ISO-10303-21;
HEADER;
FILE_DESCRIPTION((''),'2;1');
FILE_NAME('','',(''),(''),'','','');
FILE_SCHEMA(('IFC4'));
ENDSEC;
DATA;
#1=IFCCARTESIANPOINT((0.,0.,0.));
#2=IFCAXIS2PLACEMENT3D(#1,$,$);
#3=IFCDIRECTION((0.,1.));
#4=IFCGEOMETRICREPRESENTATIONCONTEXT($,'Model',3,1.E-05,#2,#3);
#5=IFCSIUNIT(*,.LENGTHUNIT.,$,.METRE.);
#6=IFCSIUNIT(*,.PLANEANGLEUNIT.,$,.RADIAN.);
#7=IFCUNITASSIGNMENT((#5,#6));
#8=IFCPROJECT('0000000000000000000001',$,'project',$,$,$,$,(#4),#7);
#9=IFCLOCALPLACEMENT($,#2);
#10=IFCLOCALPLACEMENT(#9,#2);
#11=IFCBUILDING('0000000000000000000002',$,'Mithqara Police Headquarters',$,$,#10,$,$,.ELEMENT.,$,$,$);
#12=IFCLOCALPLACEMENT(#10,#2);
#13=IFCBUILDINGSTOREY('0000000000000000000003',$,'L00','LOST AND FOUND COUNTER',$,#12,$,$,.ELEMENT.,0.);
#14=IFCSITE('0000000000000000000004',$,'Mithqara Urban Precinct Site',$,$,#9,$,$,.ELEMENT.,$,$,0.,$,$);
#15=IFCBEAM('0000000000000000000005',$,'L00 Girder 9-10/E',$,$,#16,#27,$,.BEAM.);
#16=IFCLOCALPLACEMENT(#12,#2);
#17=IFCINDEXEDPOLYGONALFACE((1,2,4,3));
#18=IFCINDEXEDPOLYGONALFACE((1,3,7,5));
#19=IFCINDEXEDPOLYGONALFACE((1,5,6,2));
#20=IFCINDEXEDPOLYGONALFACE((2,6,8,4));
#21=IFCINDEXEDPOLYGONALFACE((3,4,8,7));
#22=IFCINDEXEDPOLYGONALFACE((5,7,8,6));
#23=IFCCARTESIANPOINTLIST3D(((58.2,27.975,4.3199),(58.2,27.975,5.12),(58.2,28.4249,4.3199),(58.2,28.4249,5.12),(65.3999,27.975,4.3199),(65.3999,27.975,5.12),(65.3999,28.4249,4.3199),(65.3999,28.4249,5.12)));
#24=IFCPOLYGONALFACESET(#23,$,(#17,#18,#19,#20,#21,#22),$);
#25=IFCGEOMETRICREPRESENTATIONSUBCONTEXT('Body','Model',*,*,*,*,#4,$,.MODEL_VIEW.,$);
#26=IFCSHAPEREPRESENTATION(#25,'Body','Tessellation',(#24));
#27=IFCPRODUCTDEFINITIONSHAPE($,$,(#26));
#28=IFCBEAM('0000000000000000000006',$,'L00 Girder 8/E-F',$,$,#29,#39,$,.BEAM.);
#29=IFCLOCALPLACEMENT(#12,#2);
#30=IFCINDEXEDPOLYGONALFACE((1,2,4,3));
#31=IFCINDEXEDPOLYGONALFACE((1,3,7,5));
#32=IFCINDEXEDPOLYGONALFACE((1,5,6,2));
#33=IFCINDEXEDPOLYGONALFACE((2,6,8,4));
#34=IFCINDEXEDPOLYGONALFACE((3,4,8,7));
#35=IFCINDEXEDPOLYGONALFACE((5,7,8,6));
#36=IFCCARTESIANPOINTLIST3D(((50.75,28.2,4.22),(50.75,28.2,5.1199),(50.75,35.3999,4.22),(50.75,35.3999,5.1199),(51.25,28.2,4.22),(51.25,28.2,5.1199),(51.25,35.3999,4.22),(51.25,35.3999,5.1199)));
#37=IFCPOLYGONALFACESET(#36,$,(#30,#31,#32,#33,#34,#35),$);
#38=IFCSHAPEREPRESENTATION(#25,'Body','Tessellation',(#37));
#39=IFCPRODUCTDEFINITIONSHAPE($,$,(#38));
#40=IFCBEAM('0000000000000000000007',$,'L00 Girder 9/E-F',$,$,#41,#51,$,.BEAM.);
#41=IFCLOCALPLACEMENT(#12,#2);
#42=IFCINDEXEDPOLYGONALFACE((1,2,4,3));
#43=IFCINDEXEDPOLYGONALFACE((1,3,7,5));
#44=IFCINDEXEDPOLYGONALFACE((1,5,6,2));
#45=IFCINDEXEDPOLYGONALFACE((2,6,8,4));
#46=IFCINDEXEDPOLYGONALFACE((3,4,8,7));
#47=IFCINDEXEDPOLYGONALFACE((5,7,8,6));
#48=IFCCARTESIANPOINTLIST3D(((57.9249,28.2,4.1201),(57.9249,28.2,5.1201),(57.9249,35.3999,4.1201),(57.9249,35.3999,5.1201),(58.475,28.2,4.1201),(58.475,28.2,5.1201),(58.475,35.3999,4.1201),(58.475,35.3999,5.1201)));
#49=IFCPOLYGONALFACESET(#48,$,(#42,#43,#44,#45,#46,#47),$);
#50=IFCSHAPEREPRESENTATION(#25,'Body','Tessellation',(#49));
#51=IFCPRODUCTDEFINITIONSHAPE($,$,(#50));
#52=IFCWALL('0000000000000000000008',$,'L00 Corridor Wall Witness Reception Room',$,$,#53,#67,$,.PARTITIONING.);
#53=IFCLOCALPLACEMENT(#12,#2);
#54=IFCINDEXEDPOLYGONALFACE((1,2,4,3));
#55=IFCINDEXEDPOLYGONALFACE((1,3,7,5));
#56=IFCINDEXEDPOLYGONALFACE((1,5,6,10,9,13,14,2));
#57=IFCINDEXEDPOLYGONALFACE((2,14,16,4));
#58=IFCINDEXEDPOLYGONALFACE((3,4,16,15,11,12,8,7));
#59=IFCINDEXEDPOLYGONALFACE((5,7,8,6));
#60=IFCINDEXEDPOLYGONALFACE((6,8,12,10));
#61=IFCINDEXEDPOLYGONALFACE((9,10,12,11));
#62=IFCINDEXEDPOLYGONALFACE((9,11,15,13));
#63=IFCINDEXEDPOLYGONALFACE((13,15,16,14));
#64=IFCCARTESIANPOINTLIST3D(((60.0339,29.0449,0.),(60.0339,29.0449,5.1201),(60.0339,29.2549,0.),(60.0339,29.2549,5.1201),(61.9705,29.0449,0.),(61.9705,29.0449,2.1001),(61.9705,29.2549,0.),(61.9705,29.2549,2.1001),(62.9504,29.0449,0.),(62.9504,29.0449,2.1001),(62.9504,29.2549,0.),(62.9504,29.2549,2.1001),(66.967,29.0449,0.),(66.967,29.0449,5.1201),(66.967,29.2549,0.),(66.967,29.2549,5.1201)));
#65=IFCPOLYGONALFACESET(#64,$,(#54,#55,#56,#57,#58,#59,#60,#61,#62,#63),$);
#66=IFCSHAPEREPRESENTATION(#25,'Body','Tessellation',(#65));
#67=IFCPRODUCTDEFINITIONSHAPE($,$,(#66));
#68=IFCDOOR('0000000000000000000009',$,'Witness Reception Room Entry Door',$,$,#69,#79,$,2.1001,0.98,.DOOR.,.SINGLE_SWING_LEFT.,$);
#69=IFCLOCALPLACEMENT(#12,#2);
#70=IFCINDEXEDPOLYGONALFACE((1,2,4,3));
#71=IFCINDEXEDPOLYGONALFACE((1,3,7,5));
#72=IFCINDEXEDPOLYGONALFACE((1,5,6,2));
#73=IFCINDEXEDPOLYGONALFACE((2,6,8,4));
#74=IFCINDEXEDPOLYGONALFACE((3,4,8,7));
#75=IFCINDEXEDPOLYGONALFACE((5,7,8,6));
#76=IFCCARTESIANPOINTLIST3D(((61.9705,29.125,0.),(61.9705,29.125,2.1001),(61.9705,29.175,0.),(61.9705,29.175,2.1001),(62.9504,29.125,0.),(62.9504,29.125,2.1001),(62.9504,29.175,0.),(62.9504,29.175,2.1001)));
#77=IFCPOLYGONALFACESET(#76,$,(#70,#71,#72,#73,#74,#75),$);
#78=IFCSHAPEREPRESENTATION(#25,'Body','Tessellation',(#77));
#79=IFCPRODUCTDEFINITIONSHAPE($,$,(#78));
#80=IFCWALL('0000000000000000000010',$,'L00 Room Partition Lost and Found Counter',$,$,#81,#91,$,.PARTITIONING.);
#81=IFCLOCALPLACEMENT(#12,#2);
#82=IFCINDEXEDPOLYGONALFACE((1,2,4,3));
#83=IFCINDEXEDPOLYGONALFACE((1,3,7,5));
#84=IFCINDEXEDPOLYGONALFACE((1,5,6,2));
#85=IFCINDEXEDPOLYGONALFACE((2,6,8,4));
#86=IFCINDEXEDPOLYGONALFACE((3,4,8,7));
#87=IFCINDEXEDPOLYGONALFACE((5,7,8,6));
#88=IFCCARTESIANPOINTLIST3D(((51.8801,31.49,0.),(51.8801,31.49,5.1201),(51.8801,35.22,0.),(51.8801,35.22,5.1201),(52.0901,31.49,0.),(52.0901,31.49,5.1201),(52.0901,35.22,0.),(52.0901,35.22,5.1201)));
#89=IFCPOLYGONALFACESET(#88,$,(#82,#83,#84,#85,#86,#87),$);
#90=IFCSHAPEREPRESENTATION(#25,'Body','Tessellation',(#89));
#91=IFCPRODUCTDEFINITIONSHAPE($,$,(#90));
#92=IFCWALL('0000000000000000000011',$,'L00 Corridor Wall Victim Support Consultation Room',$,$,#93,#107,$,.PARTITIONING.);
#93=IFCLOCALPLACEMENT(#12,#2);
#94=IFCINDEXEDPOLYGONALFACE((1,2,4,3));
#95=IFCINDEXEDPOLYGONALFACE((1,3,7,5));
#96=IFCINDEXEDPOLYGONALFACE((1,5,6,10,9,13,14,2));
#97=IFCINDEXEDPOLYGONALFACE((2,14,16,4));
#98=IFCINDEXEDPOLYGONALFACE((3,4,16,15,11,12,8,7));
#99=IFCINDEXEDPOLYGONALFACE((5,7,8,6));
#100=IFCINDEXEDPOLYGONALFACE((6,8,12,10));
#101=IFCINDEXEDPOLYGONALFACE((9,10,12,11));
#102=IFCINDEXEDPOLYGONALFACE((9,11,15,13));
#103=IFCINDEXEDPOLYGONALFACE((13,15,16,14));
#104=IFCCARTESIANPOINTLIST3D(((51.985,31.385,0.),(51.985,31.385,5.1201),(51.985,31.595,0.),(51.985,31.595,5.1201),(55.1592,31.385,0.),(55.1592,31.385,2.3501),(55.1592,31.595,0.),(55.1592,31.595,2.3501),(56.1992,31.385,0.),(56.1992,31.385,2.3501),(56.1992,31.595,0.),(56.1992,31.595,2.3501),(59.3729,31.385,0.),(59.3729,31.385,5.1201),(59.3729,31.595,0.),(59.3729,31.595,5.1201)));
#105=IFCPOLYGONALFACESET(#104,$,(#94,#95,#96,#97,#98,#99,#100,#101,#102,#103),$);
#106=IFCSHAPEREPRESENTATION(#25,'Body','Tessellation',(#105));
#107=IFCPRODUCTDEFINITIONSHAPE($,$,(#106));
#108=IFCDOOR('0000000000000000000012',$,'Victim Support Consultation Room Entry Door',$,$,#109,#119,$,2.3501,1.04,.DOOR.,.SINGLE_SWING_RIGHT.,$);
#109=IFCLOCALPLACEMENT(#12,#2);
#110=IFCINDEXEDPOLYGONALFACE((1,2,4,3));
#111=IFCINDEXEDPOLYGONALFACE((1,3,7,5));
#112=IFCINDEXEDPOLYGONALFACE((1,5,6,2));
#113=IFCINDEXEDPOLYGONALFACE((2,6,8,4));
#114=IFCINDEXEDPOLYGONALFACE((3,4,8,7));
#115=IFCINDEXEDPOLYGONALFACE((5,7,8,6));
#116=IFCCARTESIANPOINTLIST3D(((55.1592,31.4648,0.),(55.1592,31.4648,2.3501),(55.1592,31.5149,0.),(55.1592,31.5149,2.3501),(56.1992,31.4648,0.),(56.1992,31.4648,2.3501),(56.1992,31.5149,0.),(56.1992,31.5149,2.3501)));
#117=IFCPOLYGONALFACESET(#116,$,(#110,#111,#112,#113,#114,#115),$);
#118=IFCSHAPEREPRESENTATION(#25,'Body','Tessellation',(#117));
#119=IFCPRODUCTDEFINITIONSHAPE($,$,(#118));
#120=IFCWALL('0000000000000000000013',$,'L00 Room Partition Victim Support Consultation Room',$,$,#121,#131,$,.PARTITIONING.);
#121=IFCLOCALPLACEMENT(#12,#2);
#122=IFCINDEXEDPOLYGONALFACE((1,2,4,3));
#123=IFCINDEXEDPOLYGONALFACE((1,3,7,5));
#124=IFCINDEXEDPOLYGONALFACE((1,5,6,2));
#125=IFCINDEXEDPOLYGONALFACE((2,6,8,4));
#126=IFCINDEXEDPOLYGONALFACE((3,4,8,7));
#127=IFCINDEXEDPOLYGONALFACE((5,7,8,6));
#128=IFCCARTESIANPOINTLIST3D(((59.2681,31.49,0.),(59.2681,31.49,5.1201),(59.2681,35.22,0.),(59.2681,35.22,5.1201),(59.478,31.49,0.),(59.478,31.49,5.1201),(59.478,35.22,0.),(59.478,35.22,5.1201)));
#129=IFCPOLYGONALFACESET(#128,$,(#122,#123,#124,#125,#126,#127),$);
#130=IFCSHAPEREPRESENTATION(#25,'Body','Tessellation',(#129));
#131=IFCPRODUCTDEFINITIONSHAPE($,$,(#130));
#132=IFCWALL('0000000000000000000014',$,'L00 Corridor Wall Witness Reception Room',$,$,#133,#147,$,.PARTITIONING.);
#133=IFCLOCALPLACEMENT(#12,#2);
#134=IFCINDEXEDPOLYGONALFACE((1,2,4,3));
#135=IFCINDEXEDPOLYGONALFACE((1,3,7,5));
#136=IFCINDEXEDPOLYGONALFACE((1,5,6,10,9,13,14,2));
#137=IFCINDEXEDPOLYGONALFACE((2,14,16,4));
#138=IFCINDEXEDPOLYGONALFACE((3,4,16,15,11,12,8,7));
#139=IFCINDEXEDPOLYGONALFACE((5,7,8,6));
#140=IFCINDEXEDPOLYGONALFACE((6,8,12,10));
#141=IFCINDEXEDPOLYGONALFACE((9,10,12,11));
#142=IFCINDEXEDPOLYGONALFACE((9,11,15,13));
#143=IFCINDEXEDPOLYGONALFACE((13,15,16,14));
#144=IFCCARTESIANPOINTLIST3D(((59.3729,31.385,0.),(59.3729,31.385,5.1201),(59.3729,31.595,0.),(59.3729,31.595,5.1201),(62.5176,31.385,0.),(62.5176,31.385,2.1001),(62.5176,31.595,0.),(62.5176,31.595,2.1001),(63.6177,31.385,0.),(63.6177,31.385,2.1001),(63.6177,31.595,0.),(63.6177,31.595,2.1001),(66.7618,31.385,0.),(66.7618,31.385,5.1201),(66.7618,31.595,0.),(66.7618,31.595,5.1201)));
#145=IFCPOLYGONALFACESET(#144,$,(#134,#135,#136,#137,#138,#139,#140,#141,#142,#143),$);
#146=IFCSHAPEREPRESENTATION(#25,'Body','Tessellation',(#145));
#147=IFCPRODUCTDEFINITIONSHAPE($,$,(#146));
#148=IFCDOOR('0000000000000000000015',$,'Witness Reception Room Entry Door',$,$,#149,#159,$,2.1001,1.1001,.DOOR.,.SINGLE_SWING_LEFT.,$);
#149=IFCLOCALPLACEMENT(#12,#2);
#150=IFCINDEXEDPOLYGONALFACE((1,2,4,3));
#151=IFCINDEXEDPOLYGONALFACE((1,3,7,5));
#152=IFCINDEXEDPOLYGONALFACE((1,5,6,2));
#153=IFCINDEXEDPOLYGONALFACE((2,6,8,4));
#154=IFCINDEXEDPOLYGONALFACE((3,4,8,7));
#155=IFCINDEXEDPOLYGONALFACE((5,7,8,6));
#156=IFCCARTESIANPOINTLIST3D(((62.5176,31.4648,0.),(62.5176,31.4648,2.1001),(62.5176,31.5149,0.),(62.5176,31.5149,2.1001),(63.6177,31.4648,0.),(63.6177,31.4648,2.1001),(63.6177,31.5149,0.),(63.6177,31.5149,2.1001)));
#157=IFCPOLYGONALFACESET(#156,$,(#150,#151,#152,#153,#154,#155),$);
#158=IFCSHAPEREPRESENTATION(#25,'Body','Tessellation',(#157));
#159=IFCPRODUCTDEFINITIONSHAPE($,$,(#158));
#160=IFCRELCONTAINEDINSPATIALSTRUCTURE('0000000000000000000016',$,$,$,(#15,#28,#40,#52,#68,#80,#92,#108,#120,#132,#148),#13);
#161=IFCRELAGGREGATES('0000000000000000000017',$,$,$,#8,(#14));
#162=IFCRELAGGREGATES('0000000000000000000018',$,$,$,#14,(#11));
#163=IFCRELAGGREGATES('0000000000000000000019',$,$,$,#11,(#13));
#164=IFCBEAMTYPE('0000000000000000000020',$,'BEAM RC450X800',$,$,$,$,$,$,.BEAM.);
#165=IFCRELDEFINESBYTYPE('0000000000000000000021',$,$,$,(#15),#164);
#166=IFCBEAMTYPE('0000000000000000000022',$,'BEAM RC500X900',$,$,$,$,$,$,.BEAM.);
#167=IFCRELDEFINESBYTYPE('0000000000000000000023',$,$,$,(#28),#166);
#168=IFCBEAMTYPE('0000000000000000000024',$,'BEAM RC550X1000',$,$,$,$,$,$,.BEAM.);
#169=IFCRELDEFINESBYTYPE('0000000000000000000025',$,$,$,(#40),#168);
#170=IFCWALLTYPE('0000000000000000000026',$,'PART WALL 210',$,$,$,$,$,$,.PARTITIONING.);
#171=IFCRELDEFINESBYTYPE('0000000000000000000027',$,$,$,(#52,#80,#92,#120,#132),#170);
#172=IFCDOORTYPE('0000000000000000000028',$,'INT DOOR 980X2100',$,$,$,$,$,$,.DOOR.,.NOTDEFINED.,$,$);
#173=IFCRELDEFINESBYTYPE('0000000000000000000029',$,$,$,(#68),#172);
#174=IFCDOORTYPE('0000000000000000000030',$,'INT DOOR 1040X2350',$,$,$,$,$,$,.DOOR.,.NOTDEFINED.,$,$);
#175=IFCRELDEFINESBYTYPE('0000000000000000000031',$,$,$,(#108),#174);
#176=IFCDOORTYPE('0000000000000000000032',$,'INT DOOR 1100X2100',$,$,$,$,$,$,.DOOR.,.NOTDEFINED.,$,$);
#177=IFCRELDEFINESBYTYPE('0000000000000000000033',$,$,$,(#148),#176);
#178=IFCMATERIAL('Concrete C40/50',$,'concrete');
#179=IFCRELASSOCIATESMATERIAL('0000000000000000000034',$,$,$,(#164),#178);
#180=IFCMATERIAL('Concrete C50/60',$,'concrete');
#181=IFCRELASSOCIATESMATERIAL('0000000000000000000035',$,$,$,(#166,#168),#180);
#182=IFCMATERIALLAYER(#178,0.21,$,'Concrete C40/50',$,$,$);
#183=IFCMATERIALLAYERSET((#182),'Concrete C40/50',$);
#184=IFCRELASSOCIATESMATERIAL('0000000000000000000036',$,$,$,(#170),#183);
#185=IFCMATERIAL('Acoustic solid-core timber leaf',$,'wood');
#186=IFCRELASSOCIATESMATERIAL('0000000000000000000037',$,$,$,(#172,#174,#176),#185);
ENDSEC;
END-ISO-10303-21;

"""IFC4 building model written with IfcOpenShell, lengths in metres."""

from ifc_helpers import new_model, si_unit, direction, frame, frame_2d, origin, origin_2d, place, context, subcontext, project, spatial, rectangle, extrude, material, layer, layer_set, material_profile, profile_set, type_object, element, fill, save


model = new_model("IFC4")

# Units and contexts
model_context = context("Model", 3, precision=1e-05, world=origin(), true_north=direction((0.0, 1.0)))
body_context = subcontext(model_context, "Body", "Model", "MODEL_VIEW")
ifc_project = project(units=[si_unit("LENGTHUNIT", "METRE"), si_unit("PLANEANGLEUNIT", "RADIAN")], contexts=[model_context])

# Site, building, storey
site_placement = place(None, origin())
site = spatial("IfcSite", under=ifc_project, at=site_placement, Name="Mithqara Urban Precinct Site", CompositionType="ELEMENT", RefElevation=0.0)
building_placement = place(site_placement, origin())
building = spatial("IfcBuilding", under=site, at=building_placement, Name="Mithqara Police Headquarters", CompositionType="ELEMENT")
storey_placement = place(building_placement, origin())
storey = spatial("IfcBuildingStorey", under=building, at=storey_placement, Name="L00", Description="LOST AND FOUND COUNTER", CompositionType="ELEMENT", Elevation=0.0)

# Shared definitions
ifc_material_1 = material(Name="Concrete C50/60", Category="concrete")

# Beams
ifc_material_2 = material(Name="Concrete C40/50", Category="concrete")
ifc_material_profile_1 = material_profile(ifc_material_2, rectangle(XDim=0.45, YDim=0.8, at=origin_2d()), Name="RC 450x800")
ifc_profile_set_1 = profile_set([ifc_material_profile_1], Name="Concrete C40/50")
beam_type_1 = type_object("IfcBeamType", Name="BEAM RC450X800", PredefinedType="BEAM", material=ifc_profile_set_1)
beam_1_placement = place(storey_placement, frame((58.2, 28.2, 4.72), z_axis=(1.0, 0.0, 0.0), x_axis=(0.0, 1.0, 0.0)))
element("IfcBeam", 1, at=beam_1_placement, inside=storey, type_object=beam_type_1, Name="L00 Girder 9-10/E", PredefinedType="BEAM", context=body_context, shape_type="SweptSolid", body=[
    extrude(rectangle(XDim=0.45, YDim=0.8, at=origin_2d()), origin(), (0.0, 0.0, 1.0), 7.2),
])
ifc_material_profile_2 = material_profile(ifc_material_1, rectangle(XDim=0.5, YDim=0.8999, at=origin_2d()), Name="RC 500x900")
ifc_profile_set_2 = profile_set([ifc_material_profile_2], Name="Concrete C50/60")
beam_type_2 = type_object("IfcBeamType", Name="BEAM RC500X900", PredefinedType="BEAM", material=ifc_profile_set_2)
beam_2_placement = place(storey_placement, frame((51.0, 28.2, 4.6699), z_axis=(0.0, 1.0, 0.0), x_axis=(-1.0, 0.0, 0.0)))
element("IfcBeam", 2, at=beam_2_placement, inside=storey, type_object=beam_type_2, Name="L00 Girder 8/E-F", PredefinedType="BEAM", context=body_context, shape_type="SweptSolid", body=[
    extrude(rectangle(XDim=0.5, YDim=0.8999, at=origin_2d()), origin(), (0.0, 0.0, 1.0), 7.2),
])
ifc_material_profile_3 = material_profile(ifc_material_1, rectangle(XDim=0.55, YDim=1.0, at=origin_2d()), Name="RC 550x1000")
ifc_profile_set_3 = profile_set([ifc_material_profile_3], Name="Concrete C50/60")
beam_type_3 = type_object("IfcBeamType", Name="BEAM RC550X1000", PredefinedType="BEAM", material=ifc_profile_set_3)
beam_3_placement = place(storey_placement, frame((58.2, 28.2, 4.6201), z_axis=(0.0, 1.0, 0.0), x_axis=(-1.0, 0.0, 0.0)))
element("IfcBeam", 3, at=beam_3_placement, inside=storey, type_object=beam_type_3, Name="L00 Girder 9/E-F", PredefinedType="BEAM", context=body_context, shape_type="SweptSolid", body=[
    extrude(rectangle(XDim=0.55, YDim=1.0, at=origin_2d()), origin(), (0.0, 0.0, 1.0), 7.2),
])

# Wall, opening, door
ifc_layer = layer(ifc_material_2, 0.21, Name="Concrete C40/50")
ifc_layer_set = layer_set([ifc_layer], Name="Concrete C40/50")
wall_type = type_object("IfcWallType", Name="PART WALL 210", PredefinedType="PARTITIONING", material=ifc_layer_set)
wall_1_placement = place(storey_placement, frame((60.0339, 29.1499, 0.0), z_axis=(0.0, 0.0, 1.0), x_axis=(1.0, 0.0, 0.0)))
wall_1 = element("IfcWall", 4, at=wall_1_placement, inside=storey, type_object=wall_type, Name="L00 Corridor Wall Witness Reception Room", PredefinedType="PARTITIONING", context=body_context, shape_type="SweptSolid", body=[
    extrude(rectangle(XDim=6.9331, YDim=0.21, at=frame_2d((3.4666, 0.0))), origin(), (0.0, 0.0, 1.0), 5.1201),
])
opening_1_placement = place(wall_1_placement, frame((1.9365, 0.0, 0.0)))
opening_1 = element("IfcOpeningElement", 5, at=opening_1_placement, cuts=wall_1, PredefinedType="OPENING", context=body_context, shape_type="SweptSolid", body=[
    extrude(rectangle(XDim=0.98, YDim=2.1001, at=frame_2d((0.49, 1.05))), frame((0.0, 0.115, 0.0), z_axis=(0.0, -1.0, 0.0), x_axis=(1.0, 0.0, 0.0)), (0.0, 0.0, 1.0), 0.23),
])
ifc_material_3 = material(Name="Acoustic solid-core timber leaf", Category="wood")
door_type_1 = type_object("IfcDoorType", Name="INT DOOR 980X2100", OperationType="NOTDEFINED", PredefinedType="DOOR", material=ifc_material_3)
door_1_placement = place(opening_1_placement, frame((0.98, 0.0, 0.0), z_axis=(0.0, 0.0, 1.0), x_axis=(-1.0, 0.0, 0.0)))
door_1 = element("IfcDoor", 6, at=door_1_placement, inside=storey, type_object=door_type_1, Name="Witness Reception Room Entry Door", OperationType="SINGLE_SWING_LEFT", OverallHeight=2.1001, OverallWidth=0.98, PredefinedType="DOOR", context=body_context, shape_type="SweptSolid", body=[
    extrude(rectangle(XDim=0.98, YDim=2.1001, at=frame_2d((0.49, 1.05))), frame((0.0, 0.0249, 0.0), z_axis=(0.0, -1.0, 0.0), x_axis=(1.0, 0.0, 0.0)), (0.0, 0.0, 1.0), 0.05),
])
fill(opening_1, door_1)

# Wall
wall_2_placement = place(storey_placement, frame((51.9851, 31.49, 0.0), z_axis=(0.0, 0.0, 1.0), x_axis=(0.0, 1.0, 0.0)))
element("IfcWall", 7, at=wall_2_placement, inside=storey, type_object=wall_type, Name="L00 Room Partition Lost and Found Counter", PredefinedType="PARTITIONING", context=body_context, shape_type="SweptSolid", body=[
    extrude(rectangle(XDim=3.73, YDim=0.21, at=frame_2d((1.865, 0.0))), origin(), (0.0, 0.0, 1.0), 5.1201),
])

# Wall, opening, door
wall_3_placement = place(storey_placement, frame((51.9851, 31.49, 0.0), z_axis=(0.0, 0.0, 1.0), x_axis=(1.0, 0.0, 0.0)))
wall_3 = element("IfcWall", 8, at=wall_3_placement, inside=storey, type_object=wall_type, Name="L00 Corridor Wall Victim Support Consultation Room", PredefinedType="PARTITIONING", context=body_context, shape_type="SweptSolid", body=[
    extrude(rectangle(XDim=7.3879, YDim=0.21, at=frame_2d((3.6938, 0.0))), origin(), (0.0, 0.0, 1.0), 5.1201),
])
opening_2_placement = place(wall_3_placement, frame((3.1741, 0.0, 0.0)))
opening_2 = element("IfcOpeningElement", 9, at=opening_2_placement, cuts=wall_3, PredefinedType="OPENING", context=body_context, shape_type="SweptSolid", body=[
    extrude(rectangle(XDim=1.04, YDim=2.3501, at=frame_2d((0.52, 1.175))), frame((0.0, 0.115, 0.0), z_axis=(0.0, -1.0, 0.0), x_axis=(1.0, 0.0, 0.0)), (0.0, 0.0, 1.0), 0.23),
])
door_type_2 = type_object("IfcDoorType", Name="INT DOOR 1040X2350", OperationType="NOTDEFINED", PredefinedType="DOOR", material=ifc_material_3)
door_2_placement = place(opening_2_placement, origin())
door_2 = element("IfcDoor", 10, at=door_2_placement, inside=storey, type_object=door_type_2, Name="Victim Support Consultation Room Entry Door", OperationType="SINGLE_SWING_RIGHT", OverallHeight=2.3501, OverallWidth=1.04, PredefinedType="DOOR", context=body_context, shape_type="SweptSolid", body=[
    extrude(rectangle(XDim=1.04, YDim=2.3501, at=frame_2d((0.52, 1.175))), frame((0.0, 0.0249, 0.0), z_axis=(0.0, -1.0, 0.0), x_axis=(1.0, 0.0, 0.0)), (0.0, 0.0, 1.0), 0.05),
])
fill(opening_2, door_2)

# Wall
wall_4_placement = place(storey_placement, frame((59.373, 31.49, 0.0), z_axis=(0.0, 0.0, 1.0), x_axis=(0.0, 1.0, 0.0)))
element("IfcWall", 11, at=wall_4_placement, inside=storey, type_object=wall_type, Name="L00 Room Partition Victim Support Consultation Room", PredefinedType="PARTITIONING", context=body_context, shape_type="SweptSolid", body=[
    extrude(rectangle(XDim=3.73, YDim=0.21, at=frame_2d((1.865, 0.0))), origin(), (0.0, 0.0, 1.0), 5.1201),
])

# Wall, opening, door
wall_5_placement = place(storey_placement, frame((59.373, 31.49, 0.0), z_axis=(0.0, 0.0, 1.0), x_axis=(1.0, 0.0, 0.0)))
wall_5 = element("IfcWall", 12, at=wall_5_placement, inside=storey, type_object=wall_type, Name="L00 Corridor Wall Witness Reception Room", PredefinedType="PARTITIONING", context=body_context, shape_type="SweptSolid", body=[
    extrude(rectangle(XDim=7.3889, YDim=0.21, at=frame_2d((3.6943, 0.0))), origin(), (0.0, 0.0, 1.0), 5.1201),
])
opening_3_placement = place(wall_5_placement, frame((3.1445, 0.0, 0.0)))
opening_3 = element("IfcOpeningElement", 13, at=opening_3_placement, cuts=wall_5, PredefinedType="OPENING", context=body_context, shape_type="SweptSolid", body=[
    extrude(rectangle(XDim=1.1001, YDim=2.1001, at=frame_2d((0.55, 1.05))), frame((0.0, 0.115, 0.0), z_axis=(0.0, -1.0, 0.0), x_axis=(1.0, 0.0, 0.0)), (0.0, 0.0, 1.0), 0.23),
])
door_type_3 = type_object("IfcDoorType", Name="INT DOOR 1100X2100", OperationType="NOTDEFINED", PredefinedType="DOOR", material=ifc_material_3)
door_3_placement = place(opening_3_placement, origin())
door_3 = element("IfcDoor", 14, at=door_3_placement, inside=storey, type_object=door_type_3, Name="Witness Reception Room Entry Door", OperationType="SINGLE_SWING_LEFT", OverallHeight=2.1001, OverallWidth=1.1001, PredefinedType="DOOR", context=body_context, shape_type="SweptSolid", body=[
    extrude(rectangle(XDim=1.1001, YDim=2.1001, at=frame_2d((0.55, 1.05))), frame((0.0, 0.0249, 0.0), z_axis=(0.0, -1.0, 0.0), x_axis=(1.0, 0.0, 0.0)), (0.0, 0.0, 1.0), 0.05),
])
fill(opening_3, door_3)

save(model, "model.ifc")
